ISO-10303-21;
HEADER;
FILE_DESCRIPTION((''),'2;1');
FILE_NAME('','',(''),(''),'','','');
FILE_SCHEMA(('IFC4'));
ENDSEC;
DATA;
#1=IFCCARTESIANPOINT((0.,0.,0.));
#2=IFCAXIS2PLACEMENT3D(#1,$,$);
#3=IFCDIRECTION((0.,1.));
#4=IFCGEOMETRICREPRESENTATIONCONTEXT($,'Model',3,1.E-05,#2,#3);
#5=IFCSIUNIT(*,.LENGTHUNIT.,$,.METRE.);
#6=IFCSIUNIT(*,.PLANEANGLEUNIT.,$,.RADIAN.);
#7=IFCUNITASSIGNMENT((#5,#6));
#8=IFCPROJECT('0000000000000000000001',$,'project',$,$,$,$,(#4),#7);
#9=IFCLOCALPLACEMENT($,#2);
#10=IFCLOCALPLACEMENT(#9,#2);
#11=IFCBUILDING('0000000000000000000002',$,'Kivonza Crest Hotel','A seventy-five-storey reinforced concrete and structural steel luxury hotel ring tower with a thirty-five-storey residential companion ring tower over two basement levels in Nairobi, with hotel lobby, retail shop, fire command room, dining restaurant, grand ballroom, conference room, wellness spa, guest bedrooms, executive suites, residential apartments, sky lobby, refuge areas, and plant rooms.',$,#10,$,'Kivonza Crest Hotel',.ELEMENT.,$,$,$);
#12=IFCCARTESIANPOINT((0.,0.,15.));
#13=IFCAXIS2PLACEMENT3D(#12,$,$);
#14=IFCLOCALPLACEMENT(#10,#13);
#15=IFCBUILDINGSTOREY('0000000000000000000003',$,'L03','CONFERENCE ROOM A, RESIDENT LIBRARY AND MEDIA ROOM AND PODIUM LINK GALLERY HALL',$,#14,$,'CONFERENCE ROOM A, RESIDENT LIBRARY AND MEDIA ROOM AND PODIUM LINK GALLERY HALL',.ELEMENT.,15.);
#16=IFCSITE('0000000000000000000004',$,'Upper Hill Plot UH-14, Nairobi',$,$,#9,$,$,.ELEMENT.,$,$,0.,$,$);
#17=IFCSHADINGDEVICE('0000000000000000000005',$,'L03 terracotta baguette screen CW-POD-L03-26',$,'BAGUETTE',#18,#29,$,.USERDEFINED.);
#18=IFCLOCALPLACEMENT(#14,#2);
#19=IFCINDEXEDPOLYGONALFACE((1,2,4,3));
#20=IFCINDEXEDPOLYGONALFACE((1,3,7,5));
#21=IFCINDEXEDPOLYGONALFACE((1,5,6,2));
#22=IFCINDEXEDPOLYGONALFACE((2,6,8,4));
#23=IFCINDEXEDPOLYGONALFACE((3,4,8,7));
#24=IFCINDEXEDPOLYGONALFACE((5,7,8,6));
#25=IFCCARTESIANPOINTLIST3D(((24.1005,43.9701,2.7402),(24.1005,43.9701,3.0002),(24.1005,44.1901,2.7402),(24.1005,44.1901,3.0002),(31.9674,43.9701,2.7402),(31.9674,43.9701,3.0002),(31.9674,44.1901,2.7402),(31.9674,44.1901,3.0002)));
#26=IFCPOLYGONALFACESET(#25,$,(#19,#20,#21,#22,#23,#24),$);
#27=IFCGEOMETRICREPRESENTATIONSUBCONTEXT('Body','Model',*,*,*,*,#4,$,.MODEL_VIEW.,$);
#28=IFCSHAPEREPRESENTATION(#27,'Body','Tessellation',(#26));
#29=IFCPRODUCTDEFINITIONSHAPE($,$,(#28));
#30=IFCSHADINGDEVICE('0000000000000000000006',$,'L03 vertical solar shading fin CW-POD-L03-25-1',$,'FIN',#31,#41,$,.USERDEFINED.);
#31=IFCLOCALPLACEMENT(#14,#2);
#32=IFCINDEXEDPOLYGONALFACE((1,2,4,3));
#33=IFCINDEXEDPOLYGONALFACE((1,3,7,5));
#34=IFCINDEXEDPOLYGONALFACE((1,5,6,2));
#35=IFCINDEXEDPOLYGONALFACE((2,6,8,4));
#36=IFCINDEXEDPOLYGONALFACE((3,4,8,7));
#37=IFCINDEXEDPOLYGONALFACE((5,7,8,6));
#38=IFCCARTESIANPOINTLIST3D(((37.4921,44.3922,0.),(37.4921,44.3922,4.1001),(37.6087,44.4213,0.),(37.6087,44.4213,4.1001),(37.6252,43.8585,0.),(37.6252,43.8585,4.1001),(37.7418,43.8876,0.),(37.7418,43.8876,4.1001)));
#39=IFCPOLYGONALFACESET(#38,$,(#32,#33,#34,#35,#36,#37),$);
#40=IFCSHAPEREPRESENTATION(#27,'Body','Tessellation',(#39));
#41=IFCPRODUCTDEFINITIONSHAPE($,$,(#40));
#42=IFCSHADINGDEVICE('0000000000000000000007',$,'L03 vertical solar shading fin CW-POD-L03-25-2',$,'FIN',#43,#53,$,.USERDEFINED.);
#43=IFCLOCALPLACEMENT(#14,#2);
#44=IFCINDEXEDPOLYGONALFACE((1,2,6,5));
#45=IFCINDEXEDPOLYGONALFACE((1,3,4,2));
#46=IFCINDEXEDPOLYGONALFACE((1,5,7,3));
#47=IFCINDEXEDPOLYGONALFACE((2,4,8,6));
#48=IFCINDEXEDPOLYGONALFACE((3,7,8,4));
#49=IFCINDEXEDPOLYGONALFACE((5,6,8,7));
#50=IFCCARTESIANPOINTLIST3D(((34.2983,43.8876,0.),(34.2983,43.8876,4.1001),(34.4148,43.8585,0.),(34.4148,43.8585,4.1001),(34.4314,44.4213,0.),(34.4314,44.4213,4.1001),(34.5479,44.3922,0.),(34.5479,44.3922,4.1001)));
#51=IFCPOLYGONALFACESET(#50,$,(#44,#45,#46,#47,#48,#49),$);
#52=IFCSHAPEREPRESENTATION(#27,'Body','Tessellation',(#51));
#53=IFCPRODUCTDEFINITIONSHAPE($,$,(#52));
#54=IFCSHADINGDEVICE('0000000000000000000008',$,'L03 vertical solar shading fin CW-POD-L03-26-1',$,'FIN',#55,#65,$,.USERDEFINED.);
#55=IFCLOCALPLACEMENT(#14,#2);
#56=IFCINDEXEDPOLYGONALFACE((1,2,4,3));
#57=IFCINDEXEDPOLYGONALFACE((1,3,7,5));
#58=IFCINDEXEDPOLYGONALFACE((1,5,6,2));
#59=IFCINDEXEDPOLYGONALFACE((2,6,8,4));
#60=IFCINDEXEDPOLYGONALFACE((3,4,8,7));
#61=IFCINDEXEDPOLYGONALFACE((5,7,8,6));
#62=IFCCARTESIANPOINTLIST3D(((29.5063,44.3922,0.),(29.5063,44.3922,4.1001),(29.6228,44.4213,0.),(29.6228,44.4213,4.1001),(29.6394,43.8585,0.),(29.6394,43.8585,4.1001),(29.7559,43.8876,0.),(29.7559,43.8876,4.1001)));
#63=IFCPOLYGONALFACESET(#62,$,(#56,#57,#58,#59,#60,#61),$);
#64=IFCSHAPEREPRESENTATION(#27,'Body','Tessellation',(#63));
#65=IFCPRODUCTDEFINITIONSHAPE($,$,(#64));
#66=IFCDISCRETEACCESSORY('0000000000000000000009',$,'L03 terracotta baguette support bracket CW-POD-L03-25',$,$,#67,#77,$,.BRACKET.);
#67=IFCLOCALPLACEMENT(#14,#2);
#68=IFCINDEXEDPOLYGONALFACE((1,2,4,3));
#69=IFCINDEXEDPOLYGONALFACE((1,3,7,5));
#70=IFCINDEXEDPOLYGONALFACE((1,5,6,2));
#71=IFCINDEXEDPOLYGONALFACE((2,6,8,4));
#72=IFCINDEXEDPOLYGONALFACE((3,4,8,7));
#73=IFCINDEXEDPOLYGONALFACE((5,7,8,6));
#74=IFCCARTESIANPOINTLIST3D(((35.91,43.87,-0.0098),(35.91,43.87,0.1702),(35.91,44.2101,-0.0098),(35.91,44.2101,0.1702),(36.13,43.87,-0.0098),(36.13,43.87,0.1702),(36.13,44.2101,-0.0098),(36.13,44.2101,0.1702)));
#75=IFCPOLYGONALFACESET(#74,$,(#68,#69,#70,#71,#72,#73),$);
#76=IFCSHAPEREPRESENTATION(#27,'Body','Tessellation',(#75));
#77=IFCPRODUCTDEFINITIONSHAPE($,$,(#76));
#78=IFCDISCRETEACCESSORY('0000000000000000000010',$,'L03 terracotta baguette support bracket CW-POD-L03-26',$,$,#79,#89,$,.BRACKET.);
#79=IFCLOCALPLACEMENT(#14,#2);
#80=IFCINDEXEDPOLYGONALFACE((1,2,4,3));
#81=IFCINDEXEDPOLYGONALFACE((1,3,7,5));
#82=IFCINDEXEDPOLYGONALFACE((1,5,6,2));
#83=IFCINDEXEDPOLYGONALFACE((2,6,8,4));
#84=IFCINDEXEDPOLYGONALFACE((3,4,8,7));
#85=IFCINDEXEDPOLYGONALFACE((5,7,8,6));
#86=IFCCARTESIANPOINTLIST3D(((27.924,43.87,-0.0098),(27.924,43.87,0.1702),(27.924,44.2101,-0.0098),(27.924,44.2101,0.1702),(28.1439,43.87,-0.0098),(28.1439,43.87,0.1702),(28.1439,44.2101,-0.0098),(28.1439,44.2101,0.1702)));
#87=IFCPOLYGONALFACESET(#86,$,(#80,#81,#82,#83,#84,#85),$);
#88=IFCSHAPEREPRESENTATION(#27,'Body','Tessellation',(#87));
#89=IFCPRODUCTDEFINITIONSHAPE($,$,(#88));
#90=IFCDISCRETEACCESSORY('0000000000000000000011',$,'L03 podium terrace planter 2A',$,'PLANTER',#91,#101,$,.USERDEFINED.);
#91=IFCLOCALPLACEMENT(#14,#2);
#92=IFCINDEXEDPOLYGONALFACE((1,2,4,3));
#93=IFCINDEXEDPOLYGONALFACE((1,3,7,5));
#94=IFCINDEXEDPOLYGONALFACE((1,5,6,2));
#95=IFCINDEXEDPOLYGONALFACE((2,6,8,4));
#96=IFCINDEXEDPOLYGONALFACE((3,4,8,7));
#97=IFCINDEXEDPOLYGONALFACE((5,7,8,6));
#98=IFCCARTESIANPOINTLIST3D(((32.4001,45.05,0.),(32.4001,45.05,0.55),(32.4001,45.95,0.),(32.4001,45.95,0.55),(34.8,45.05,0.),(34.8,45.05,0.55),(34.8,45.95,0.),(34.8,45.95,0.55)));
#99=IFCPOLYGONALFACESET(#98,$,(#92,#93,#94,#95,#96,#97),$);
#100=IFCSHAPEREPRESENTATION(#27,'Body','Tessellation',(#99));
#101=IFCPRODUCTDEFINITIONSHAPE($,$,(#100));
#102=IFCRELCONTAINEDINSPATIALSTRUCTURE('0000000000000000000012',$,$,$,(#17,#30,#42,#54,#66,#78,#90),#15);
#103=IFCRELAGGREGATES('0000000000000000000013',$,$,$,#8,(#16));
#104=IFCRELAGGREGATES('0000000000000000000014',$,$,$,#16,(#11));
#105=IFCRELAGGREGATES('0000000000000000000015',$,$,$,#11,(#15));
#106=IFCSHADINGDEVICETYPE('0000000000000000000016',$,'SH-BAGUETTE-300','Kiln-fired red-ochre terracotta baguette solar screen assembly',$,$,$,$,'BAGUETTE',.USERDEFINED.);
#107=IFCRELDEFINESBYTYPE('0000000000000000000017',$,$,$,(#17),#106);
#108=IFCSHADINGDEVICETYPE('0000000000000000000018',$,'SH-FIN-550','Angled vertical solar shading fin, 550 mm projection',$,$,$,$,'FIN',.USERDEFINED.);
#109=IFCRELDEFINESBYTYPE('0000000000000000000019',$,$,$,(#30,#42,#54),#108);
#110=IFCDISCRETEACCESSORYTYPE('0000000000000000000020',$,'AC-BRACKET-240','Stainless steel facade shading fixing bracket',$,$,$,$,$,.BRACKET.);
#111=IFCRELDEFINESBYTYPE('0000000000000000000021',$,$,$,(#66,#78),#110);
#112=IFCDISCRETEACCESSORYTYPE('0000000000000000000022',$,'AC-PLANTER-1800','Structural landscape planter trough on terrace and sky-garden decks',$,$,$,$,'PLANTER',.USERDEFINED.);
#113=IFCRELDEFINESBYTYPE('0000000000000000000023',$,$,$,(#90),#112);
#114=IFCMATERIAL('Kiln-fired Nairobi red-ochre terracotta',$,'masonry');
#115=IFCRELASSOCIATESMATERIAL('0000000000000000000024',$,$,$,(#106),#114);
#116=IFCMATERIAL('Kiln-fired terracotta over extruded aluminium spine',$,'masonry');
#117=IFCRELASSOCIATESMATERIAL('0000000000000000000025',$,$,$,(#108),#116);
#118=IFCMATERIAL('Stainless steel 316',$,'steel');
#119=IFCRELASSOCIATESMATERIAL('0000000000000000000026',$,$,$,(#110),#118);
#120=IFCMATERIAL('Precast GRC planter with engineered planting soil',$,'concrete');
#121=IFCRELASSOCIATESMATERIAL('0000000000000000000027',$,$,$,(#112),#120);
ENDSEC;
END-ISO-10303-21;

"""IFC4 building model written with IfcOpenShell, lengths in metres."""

from ifc_helpers import new_model, si_unit, direction, frame, origin, origin_2d, place, context, subcontext, project, spatial, rectangle, extrude, material, type_object, element, save


model = new_model("IFC4")

# Units and contexts
model_context = context("Model", 3, precision=1e-05, world=origin(), true_north=direction((0.0, 1.0)))
body_context = subcontext(model_context, "Body", "Model", "MODEL_VIEW")
ifc_project = project(units=[si_unit("LENGTHUNIT", "METRE"), si_unit("PLANEANGLEUNIT", "RADIAN")], contexts=[model_context])

# Site, building, storey
site_placement = place(None, origin())
site = spatial("IfcSite", under=ifc_project, at=site_placement, Name="Upper Hill Plot UH-14, Nairobi", CompositionType="ELEMENT", RefElevation=0.0)
building_placement = place(site_placement, origin())
building = spatial("IfcBuilding", under=site, at=building_placement, Name="Kivonza Crest Hotel", Description="A seventy-five-storey reinforced concrete and structural steel luxury hotel ring tower with a thirty-five-storey residential companion ring tower over two basement levels in Nairobi, with hotel lobby, retail shop, fire command room, dining restaurant, grand ballroom, conference room, wellness spa, guest bedrooms, executive suites, residential apartments, sky lobby, refuge areas, and plant rooms.", LongName="Kivonza Crest Hotel", CompositionType="ELEMENT")
storey_placement = place(building_placement, frame((0.0, 0.0, 15.0)))
storey = spatial("IfcBuildingStorey", under=building, at=storey_placement, Name="L03", Description="CONFERENCE ROOM A, RESIDENT LIBRARY AND MEDIA ROOM AND PODIUM LINK GALLERY HALL", LongName="CONFERENCE ROOM A, RESIDENT LIBRARY AND MEDIA ROOM AND PODIUM LINK GALLERY HALL", CompositionType="ELEMENT", Elevation=15.0)

# Shading devices
ifc_material_1 = material(Name="Kiln-fired Nairobi red-ochre terracotta", Category="masonry")
shading_device_type_1 = type_object("IfcShadingDeviceType", Name="SH-BAGUETTE-300", Description="Kiln-fired red-ochre terracotta baguette solar screen assembly", ElementType="BAGUETTE", PredefinedType="USERDEFINED", material=ifc_material_1)
shading_device_1_placement = place(storey_placement, frame((28.0339, 44.0801, 2.7402), z_axis=(0.0, 0.0, 1.0), x_axis=(-1.0, 0.0, 0.0)))
element("IfcShadingDevice", 1, at=shading_device_1_placement, inside=storey, type_object=shading_device_type_1, Name="L03 terracotta baguette screen CW-POD-L03-26", ObjectType="BAGUETTE", PredefinedType="USERDEFINED", context=body_context, shape_type="SweptSolid", body=[
    extrude(rectangle(XDim=7.8669, YDim=0.22, at=origin_2d()), origin(), (0.0, 0.0, 1.0), 0.26),
])
ifc_material_2 = material(Name="Kiln-fired terracotta over extruded aluminium spine", Category="masonry")
shading_device_type_2 = type_object("IfcShadingDeviceType", Name="SH-FIN-550", Description="Angled vertical solar shading fin, 550 mm projection", ElementType="FIN", PredefinedType="USERDEFINED", material=ifc_material_2)
for number, where, z_axis, x_axis, name in (
    (2, (37.6169, 44.1399, 0.0), (0.0, 0.0, 1.0), (-0.970296, -0.241922, 0.0), "L03 vertical solar shading fin CW-POD-L03-25-1"),
    (3, (34.4231, 44.1399, 0.0), (0.0, 0.0, 1.0), (-0.970296, 0.241922, 0.0), "L03 vertical solar shading fin CW-POD-L03-25-2"),
    (4, (29.6311, 44.1399, 0.0), (0.0, 0.0, 1.0), (-0.970296, -0.241922, 0.0), "L03 vertical solar shading fin CW-POD-L03-26-1"),
):
    element("IfcShadingDevice", number, at=place(storey_placement, frame(where, z_axis=z_axis, x_axis=x_axis)), inside=storey, type_object=shading_device_type_2, Name=name, ObjectType="FIN", PredefinedType="USERDEFINED", context=body_context, shape_type="SweptSolid", body=[
        extrude(rectangle(XDim=0.1201, YDim=0.55, at=origin_2d()), origin(), (0.0, 0.0, 1.0), 4.1001),
    ])

# Discrete accessories
ifc_material_3 = material(Name="Stainless steel 316", Category="steel")
discrete_accessory_type_1 = type_object("IfcDiscreteAccessoryType", Name="AC-BRACKET-240", Description="Stainless steel facade shading fixing bracket", PredefinedType="BRACKET", material=ifc_material_3)
for number, where, z_axis, x_axis, name in (
    (5, (36.02, 44.04, -0.0098), (0.0, 0.0, 1.0), (-1.0, 0.0, 0.0), "L03 terracotta baguette support bracket CW-POD-L03-25"),
    (6, (28.0339, 44.04, -0.0098), (0.0, 0.0, 1.0), (-1.0, 0.0, 0.0), "L03 terracotta baguette support bracket CW-POD-L03-26"),
):
    element("IfcDiscreteAccessory", number, at=place(storey_placement, frame(where, z_axis=z_axis, x_axis=x_axis)), inside=storey, type_object=discrete_accessory_type_1, Name=name, PredefinedType="BRACKET", context=body_context, shape_type="SweptSolid", body=[
        extrude(rectangle(XDim=0.22, YDim=0.3401, at=origin_2d()), origin(), (0.0, 0.0, 1.0), 0.1799),
    ])
ifc_material_4 = material(Name="Precast GRC planter with engineered planting soil", Category="concrete")
discrete_accessory_type_2 = type_object("IfcDiscreteAccessoryType", Name="AC-PLANTER-1800", Description="Structural landscape planter trough on terrace and sky-garden decks", ElementType="PLANTER", PredefinedType="USERDEFINED", material=ifc_material_4)
discrete_accessory_placement = place(storey_placement, frame((33.6001, 45.5, 0.0), z_axis=(0.0, 0.0, 1.0), x_axis=(1.0, 0.0, 0.0)))
element("IfcDiscreteAccessory", 7, at=discrete_accessory_placement, inside=storey, type_object=discrete_accessory_type_2, Name="L03 podium terrace planter 2A", ObjectType="PLANTER", PredefinedType="USERDEFINED", context=body_context, shape_type="SweptSolid", body=[
    extrude(rectangle(XDim=2.3999, YDim=0.8999, at=origin_2d()), origin(), (0.0, 0.0, 1.0), 0.55),
])

save(model, "model.ifc")
